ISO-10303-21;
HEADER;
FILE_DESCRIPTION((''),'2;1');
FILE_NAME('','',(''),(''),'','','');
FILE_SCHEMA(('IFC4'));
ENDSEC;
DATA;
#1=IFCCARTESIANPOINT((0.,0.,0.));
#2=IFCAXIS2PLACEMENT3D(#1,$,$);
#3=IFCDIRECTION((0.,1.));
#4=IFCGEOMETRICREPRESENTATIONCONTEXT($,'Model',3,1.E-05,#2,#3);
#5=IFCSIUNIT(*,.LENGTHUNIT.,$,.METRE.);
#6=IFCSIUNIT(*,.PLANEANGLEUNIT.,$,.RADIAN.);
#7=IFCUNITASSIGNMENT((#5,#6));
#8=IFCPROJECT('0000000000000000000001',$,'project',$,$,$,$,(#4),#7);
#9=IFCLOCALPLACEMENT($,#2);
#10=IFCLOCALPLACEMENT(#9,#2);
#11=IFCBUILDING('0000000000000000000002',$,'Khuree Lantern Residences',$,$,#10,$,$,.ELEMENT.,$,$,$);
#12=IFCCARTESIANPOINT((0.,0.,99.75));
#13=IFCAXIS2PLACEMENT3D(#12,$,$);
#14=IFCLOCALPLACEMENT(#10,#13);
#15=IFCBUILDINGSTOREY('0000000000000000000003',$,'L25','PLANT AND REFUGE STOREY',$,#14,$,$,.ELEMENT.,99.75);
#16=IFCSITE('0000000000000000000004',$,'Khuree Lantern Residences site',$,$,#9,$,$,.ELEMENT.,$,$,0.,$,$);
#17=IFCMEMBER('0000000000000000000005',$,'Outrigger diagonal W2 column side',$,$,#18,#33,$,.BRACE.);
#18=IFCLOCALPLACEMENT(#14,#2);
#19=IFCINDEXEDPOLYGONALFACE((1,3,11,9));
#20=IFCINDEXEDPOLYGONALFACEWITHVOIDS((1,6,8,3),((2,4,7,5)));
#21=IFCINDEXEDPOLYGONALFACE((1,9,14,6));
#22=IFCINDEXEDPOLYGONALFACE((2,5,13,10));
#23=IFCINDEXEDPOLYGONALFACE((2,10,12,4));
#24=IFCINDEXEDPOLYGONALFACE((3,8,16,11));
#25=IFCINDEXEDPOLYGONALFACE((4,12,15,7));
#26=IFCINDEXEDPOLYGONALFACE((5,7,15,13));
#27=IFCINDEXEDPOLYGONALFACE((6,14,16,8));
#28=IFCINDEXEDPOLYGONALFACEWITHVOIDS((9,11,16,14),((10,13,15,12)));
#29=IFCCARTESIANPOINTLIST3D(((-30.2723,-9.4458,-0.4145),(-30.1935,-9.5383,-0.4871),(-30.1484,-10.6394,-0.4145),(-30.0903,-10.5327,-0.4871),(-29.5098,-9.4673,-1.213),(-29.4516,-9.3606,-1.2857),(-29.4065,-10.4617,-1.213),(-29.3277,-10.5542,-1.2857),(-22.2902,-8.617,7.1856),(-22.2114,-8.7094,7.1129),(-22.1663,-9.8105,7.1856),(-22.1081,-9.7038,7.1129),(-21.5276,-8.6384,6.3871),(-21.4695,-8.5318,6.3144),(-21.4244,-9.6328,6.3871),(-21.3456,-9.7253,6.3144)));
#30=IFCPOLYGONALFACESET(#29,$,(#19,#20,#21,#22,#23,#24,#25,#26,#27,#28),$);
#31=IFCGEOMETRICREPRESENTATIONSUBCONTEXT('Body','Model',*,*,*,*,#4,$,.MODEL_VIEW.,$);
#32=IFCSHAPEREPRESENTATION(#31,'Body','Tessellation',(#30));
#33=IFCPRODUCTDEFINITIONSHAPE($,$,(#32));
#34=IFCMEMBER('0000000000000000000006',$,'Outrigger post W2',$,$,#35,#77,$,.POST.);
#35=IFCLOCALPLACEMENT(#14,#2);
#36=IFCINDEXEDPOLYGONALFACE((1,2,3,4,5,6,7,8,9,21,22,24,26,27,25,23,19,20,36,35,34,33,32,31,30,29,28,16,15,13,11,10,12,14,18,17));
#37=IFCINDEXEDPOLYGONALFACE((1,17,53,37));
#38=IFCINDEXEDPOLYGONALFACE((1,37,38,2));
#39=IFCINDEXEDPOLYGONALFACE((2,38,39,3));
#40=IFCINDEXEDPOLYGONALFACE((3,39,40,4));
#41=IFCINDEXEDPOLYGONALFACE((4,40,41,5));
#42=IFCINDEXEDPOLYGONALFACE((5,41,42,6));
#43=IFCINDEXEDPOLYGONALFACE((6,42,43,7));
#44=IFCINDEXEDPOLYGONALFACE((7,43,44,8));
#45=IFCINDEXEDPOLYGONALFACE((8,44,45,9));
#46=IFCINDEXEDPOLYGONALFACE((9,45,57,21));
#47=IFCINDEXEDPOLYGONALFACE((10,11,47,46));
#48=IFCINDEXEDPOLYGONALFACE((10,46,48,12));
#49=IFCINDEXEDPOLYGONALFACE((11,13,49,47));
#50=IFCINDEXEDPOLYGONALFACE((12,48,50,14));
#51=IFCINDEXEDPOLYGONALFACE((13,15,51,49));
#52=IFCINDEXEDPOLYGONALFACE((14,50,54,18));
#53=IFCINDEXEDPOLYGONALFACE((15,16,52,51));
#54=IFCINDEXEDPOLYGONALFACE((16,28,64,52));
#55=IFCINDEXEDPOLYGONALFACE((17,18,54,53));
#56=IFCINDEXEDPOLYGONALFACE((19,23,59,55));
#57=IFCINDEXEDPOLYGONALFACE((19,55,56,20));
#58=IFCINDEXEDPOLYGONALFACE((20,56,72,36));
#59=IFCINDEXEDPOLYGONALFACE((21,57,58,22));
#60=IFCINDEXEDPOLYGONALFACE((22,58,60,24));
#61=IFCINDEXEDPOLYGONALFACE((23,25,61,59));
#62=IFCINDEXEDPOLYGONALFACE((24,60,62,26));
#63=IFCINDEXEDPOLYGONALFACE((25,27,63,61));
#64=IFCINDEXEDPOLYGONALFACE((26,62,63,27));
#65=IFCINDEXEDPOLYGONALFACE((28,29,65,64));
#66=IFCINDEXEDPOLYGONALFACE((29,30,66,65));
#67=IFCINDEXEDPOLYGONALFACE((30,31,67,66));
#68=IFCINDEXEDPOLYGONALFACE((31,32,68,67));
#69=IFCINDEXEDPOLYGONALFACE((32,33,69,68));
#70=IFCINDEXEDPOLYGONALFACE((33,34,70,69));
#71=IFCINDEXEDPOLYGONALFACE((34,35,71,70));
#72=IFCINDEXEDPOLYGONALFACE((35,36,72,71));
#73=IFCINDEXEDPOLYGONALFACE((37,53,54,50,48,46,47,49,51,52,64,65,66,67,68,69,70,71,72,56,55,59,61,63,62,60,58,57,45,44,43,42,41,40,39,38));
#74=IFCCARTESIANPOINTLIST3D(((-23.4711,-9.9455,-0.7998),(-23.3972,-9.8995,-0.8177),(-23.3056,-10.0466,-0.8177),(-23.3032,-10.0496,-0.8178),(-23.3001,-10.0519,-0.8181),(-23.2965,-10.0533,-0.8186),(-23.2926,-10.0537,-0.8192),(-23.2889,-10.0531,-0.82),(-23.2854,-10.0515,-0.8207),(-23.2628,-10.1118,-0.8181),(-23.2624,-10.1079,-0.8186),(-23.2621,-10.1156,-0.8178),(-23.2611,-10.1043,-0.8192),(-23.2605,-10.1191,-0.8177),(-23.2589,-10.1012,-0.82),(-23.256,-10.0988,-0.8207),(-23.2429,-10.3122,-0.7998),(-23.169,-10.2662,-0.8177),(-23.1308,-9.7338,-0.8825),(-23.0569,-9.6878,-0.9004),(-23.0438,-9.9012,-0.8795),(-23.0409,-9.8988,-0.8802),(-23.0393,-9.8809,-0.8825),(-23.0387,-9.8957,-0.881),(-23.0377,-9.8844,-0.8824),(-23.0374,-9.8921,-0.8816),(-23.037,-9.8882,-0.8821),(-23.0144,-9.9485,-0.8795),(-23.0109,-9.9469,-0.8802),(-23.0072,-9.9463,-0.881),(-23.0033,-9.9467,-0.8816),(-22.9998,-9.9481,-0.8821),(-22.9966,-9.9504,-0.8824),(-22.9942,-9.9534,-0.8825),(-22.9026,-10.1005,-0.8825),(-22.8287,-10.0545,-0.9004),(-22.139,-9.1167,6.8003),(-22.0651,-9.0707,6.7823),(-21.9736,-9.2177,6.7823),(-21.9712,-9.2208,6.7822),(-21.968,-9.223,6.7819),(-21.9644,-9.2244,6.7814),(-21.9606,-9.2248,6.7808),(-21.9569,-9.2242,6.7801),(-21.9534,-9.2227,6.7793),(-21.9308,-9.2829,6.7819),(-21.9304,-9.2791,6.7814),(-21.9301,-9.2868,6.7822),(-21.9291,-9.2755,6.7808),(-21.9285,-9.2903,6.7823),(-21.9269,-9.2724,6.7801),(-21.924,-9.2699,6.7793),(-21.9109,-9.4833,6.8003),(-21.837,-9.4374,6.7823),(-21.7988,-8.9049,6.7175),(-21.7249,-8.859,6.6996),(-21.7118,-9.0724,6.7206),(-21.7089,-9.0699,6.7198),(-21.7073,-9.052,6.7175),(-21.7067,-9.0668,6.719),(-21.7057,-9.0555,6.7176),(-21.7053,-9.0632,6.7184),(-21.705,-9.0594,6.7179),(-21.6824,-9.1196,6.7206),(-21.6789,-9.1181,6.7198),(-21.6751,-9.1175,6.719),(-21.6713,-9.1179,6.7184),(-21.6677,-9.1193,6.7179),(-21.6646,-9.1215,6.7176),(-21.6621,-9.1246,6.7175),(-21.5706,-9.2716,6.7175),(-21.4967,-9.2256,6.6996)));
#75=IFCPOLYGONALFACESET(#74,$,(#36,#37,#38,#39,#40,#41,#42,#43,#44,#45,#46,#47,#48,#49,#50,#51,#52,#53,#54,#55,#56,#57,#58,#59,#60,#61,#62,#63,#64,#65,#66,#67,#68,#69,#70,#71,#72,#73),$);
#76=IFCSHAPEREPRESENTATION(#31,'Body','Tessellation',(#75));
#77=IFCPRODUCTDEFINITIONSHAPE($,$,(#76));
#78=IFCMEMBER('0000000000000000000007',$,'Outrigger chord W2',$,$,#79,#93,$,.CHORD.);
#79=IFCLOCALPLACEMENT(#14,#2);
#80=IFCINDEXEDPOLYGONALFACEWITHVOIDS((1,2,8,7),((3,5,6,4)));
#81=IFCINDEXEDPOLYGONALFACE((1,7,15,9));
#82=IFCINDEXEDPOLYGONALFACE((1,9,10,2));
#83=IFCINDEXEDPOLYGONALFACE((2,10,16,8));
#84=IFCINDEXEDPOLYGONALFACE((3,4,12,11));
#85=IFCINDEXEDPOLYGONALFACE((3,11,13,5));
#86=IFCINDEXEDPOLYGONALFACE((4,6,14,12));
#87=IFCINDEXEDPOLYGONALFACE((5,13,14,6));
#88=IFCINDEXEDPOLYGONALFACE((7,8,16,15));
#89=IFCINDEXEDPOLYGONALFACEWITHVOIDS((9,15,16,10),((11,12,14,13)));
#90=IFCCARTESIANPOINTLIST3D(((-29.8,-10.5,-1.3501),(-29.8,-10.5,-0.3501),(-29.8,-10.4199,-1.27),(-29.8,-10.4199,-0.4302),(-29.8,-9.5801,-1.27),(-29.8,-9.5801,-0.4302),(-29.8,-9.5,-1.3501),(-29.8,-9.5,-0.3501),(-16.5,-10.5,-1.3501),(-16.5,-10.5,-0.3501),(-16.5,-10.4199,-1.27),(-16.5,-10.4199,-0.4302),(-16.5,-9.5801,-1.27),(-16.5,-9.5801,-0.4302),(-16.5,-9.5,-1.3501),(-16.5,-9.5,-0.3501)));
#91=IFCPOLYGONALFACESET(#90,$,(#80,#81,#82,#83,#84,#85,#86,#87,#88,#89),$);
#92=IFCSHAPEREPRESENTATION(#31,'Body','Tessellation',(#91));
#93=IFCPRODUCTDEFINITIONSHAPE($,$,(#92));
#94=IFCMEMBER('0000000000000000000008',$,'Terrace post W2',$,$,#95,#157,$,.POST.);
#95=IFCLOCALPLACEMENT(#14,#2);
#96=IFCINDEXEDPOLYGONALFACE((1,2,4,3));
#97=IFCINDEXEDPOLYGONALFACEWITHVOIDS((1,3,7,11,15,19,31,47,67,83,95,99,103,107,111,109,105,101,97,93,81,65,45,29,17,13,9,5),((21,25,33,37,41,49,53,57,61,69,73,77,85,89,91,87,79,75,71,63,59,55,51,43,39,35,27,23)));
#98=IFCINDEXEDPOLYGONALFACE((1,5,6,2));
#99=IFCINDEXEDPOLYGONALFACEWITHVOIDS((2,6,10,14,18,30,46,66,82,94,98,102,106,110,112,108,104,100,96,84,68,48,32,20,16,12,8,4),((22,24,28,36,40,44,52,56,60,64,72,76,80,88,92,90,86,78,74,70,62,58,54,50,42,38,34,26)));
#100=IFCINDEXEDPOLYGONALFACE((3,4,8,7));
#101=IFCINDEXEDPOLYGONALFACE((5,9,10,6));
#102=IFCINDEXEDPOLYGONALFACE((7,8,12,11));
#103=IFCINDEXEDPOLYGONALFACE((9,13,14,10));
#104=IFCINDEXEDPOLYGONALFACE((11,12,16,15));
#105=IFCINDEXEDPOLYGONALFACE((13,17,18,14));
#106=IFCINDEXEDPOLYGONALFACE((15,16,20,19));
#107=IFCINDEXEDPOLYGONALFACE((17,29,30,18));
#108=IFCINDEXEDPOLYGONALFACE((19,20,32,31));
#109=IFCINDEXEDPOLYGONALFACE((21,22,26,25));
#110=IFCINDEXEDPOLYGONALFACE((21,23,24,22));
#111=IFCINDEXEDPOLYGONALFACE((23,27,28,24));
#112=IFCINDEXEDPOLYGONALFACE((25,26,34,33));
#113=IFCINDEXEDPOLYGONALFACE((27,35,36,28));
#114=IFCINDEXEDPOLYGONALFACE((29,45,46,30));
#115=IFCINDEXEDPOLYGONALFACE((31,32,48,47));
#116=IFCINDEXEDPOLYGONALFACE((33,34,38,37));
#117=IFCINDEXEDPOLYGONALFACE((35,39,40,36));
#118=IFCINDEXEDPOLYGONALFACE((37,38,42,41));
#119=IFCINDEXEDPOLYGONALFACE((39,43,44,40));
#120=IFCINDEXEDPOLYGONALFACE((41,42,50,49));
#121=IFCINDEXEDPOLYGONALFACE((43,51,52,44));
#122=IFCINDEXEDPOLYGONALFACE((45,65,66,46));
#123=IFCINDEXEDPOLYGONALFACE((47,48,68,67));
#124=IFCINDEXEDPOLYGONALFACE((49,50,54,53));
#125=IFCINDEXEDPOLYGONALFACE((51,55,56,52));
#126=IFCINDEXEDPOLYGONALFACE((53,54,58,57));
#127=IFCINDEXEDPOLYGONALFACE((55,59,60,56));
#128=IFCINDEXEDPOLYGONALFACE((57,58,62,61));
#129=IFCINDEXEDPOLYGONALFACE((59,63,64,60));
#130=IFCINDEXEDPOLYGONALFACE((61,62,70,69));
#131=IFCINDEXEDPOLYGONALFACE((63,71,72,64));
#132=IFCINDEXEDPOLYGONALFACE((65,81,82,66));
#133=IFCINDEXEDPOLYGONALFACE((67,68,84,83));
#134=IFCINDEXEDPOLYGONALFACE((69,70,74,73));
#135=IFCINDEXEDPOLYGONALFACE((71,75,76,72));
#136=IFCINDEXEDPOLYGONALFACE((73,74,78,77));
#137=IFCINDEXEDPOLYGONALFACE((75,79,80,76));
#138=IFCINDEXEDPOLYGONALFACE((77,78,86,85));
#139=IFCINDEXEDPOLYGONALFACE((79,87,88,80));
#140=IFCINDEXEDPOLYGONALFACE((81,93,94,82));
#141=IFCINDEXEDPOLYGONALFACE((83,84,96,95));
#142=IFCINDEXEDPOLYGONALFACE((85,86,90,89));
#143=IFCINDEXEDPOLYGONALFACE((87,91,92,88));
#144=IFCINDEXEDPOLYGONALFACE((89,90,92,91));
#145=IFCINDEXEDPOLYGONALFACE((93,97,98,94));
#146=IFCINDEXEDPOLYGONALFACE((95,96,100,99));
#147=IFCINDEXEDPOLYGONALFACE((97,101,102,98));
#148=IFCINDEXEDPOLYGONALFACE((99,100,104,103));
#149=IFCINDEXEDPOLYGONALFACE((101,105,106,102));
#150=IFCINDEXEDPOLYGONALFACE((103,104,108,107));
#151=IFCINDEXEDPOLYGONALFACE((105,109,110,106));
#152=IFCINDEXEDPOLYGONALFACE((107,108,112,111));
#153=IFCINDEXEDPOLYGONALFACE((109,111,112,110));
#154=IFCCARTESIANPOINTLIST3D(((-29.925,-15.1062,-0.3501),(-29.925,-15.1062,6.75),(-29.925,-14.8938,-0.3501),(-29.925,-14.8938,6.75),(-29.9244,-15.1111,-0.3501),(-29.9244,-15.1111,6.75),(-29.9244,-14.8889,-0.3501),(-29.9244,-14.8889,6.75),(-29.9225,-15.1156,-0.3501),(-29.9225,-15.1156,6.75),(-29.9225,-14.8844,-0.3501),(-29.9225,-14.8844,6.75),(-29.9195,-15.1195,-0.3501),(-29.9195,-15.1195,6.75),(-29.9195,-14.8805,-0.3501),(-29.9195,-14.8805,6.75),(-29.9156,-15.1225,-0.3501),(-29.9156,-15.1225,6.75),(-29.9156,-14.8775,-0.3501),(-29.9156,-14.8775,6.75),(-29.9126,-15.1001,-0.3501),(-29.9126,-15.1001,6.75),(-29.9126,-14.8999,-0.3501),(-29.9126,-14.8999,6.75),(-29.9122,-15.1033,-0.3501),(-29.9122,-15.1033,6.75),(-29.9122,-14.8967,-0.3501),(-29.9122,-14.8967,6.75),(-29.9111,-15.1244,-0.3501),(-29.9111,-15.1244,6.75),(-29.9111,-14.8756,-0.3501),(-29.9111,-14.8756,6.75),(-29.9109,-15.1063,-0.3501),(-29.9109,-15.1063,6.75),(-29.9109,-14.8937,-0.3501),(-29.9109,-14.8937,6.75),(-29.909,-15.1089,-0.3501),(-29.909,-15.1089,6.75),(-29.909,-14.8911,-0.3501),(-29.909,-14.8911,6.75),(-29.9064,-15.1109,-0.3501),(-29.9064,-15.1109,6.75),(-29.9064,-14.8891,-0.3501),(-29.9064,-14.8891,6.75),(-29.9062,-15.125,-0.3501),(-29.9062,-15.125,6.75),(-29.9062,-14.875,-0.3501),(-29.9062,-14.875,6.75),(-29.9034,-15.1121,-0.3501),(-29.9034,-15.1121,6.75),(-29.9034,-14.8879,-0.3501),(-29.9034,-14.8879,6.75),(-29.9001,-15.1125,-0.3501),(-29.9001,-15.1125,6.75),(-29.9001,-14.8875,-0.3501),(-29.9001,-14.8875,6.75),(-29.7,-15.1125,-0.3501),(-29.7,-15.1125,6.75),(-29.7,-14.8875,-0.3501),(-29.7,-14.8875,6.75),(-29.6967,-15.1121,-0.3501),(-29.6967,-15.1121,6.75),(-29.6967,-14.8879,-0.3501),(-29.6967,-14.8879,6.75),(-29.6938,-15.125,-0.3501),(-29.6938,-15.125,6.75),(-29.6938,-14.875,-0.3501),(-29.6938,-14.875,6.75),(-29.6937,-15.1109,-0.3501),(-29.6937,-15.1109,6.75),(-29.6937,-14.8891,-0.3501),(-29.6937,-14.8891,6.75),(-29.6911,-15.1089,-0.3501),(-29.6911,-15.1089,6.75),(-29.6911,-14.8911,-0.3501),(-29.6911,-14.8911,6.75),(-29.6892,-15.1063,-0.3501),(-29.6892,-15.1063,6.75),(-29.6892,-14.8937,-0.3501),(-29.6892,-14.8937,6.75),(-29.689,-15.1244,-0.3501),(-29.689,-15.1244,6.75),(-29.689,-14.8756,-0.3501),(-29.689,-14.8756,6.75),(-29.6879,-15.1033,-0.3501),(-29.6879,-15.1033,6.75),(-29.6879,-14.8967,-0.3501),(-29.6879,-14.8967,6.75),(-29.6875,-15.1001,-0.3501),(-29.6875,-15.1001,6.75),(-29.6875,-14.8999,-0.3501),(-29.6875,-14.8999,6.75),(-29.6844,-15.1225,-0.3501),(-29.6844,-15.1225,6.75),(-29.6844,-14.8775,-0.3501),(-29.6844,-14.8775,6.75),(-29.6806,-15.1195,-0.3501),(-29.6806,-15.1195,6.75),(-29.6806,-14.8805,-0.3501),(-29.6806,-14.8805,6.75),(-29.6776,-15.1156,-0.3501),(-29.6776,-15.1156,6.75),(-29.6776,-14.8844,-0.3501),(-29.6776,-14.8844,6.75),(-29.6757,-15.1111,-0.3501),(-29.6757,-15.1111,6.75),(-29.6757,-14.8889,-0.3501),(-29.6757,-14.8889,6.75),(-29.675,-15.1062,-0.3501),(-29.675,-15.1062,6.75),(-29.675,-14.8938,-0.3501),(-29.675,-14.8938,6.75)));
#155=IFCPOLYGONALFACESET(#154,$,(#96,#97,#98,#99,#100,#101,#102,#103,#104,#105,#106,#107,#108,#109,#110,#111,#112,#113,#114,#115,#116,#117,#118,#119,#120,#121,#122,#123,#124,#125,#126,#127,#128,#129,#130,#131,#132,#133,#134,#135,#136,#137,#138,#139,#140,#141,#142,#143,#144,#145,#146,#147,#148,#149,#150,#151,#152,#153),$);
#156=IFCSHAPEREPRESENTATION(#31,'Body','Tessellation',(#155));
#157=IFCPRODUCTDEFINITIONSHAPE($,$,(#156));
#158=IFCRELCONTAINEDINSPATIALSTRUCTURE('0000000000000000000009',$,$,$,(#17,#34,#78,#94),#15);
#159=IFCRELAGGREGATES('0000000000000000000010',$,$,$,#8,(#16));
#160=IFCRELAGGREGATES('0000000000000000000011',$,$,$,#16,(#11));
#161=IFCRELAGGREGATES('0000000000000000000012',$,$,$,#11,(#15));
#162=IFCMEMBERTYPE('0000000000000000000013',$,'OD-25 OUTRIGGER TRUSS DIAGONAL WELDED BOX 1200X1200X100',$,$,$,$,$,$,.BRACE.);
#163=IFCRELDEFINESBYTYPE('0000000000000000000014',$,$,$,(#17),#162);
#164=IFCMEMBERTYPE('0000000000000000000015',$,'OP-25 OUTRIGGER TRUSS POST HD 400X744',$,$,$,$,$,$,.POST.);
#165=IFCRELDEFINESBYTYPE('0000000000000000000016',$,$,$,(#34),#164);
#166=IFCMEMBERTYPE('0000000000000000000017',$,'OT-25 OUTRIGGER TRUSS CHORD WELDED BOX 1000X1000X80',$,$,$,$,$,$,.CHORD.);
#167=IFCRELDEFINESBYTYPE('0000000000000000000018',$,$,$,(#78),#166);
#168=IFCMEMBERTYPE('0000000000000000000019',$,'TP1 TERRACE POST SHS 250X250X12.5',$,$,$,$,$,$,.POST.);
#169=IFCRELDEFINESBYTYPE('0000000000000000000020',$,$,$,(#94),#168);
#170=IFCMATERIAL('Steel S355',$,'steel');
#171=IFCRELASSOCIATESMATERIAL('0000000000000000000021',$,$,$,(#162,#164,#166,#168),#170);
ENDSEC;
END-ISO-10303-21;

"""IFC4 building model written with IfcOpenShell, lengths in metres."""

from ifc_helpers import new_model, si_unit, direction, frame, origin, origin_2d, place, context, subcontext, project, spatial, hollow_rectangle, i_section, extrude, material, material_profile, profile_set, type_object, element, save


model = new_model("IFC4")

# Units and contexts
model_context = context("Model", 3, precision=1e-05, world=origin(), true_north=direction((0.0, 1.0)))
body_context = subcontext(model_context, "Body", "Model", "MODEL_VIEW")
ifc_project = project(units=[si_unit("LENGTHUNIT", "METRE"), si_unit("PLANEANGLEUNIT", "RADIAN")], contexts=[model_context])

# Site, building, storey
site_placement = place(None, origin())
site = spatial("IfcSite", under=ifc_project, at=site_placement, Name="Khuree Lantern Residences site", CompositionType="ELEMENT", RefElevation=0.0)
building_placement = place(site_placement, origin())
building = spatial("IfcBuilding", under=site, at=building_placement, Name="Khuree Lantern Residences", CompositionType="ELEMENT")
storey_placement = place(building_placement, frame((0.0, 0.0, 99.75)))
storey = spatial("IfcBuildingStorey", under=building, at=storey_placement, Name="L25", Description="PLANT AND REFUGE STOREY", CompositionType="ELEMENT", Elevation=99.75)

# Shared definitions
ifc_material_1 = material(Name="Steel S355", Category="steel")

# Members
ifc_material_profile_1 = material_profile(ifc_material_1, hollow_rectangle(XDim=1.2, YDim=1.2, WallThickness=0.1001, at=origin_2d()), Name="WELDED BOX 1200X1200X100")
ifc_profile_set_1 = profile_set([ifc_material_profile_1], Name="Steel S355")
member_type_1 = type_object("IfcMemberType", Name="OD-25 OUTRIGGER TRUSS DIAGONAL WELDED BOX 1200X1200X100", PredefinedType="BRACE", material=ifc_profile_set_1)
member_1_placement = place(storey_placement, frame((-21.8179, -9.1711, 6.75), z_axis=(-0.722188, -0.074991, -0.687619), x_axis=(0.103283, -0.994652, 0.0)))
element("IfcMember", 1, at=member_1_placement, inside=storey, type_object=member_type_1, Name="Outrigger diagonal W2 column side", PredefinedType="BRACE", context=body_context, shape_type="SweptSolid", body=[
    extrude(hollow_rectangle(XDim=1.2, YDim=1.2, WallThickness=0.1001, at=origin_2d()), origin(), (0.0, 0.0, 1.0), 11.0527),
])
ifc_material_profile_2 = material_profile(ifc_material_1, i_section(OverallWidth=0.4319, OverallDepth=0.498, WebThickness=0.0557, FlangeThickness=0.0889, FilletRadius=0.0149, at=origin_2d()), Name="HD 400X744")
ifc_profile_set_2 = profile_set([ifc_material_profile_2], Name="Steel S355")
member_type_2 = type_object("IfcMemberType", Name="OP-25 OUTRIGGER TRUSS POST HD 400X744", PredefinedType="POST", material=ifc_profile_set_2)
member_2_placement = place(storey_placement, frame((-23.1499, -10.0, -0.8501), z_axis=(0.171646, 0.106807, 0.979352), x_axis=(-0.528319, 0.849046, 0.0)))
element("IfcMember", 2, at=member_2_placement, inside=storey, type_object=member_type_2, Name="Outrigger post W2", PredefinedType="POST", context=body_context, shape_type="SweptSolid", body=[
    extrude(i_section(OverallWidth=0.4319, OverallDepth=0.498, WebThickness=0.0557, FlangeThickness=0.0889, FilletRadius=0.0149, at=origin_2d()), origin(), (0.0, 0.0, 1.0), 7.7603),
])
ifc_material_profile_3 = material_profile(ifc_material_1, hollow_rectangle(XDim=1.0, YDim=1.0, WallThickness=0.0801, at=origin_2d()), Name="WELDED BOX 1000X1000X80")
ifc_profile_set_3 = profile_set([ifc_material_profile_3], Name="Steel S355")
member_type_3 = type_object("IfcMemberType", Name="OT-25 OUTRIGGER TRUSS CHORD WELDED BOX 1000X1000X80", PredefinedType="CHORD", material=ifc_profile_set_3)
member_3_placement = place(storey_placement, frame((-29.8, -10.0, -0.8501), z_axis=(1.0, 0.0, 0.0), x_axis=(0.0, 1.0, 0.0)))
element("IfcMember", 3, at=member_3_placement, inside=storey, type_object=member_type_3, Name="Outrigger chord W2", PredefinedType="CHORD", context=body_context, shape_type="SweptSolid", body=[
    extrude(hollow_rectangle(XDim=1.0, YDim=1.0, WallThickness=0.0801, at=origin_2d()), origin(), (0.0, 0.0, 1.0), 13.3),
])
ifc_material_profile_4 = material_profile(ifc_material_1, hollow_rectangle(XDim=0.25, YDim=0.25, WallThickness=0.0125, InnerFilletRadius=0.0125, OuterFilletRadius=0.0188, at=origin_2d()), Name="SHS 250X250X12.5")
ifc_profile_set_4 = profile_set([ifc_material_profile_4], Name="Steel S355")
member_type_4 = type_object("IfcMemberType", Name="TP1 TERRACE POST SHS 250X250X12.5", PredefinedType="POST", material=ifc_profile_set_4)
for number, where, z_axis, x_axis, name in (
    (4, (-29.8, -15.0, -0.3501), (0.0, 0.0, 1.0), (1.0, 0.0, 0.0), "Terrace post W2"),
):
    element("IfcMember", number, at=place(storey_placement, frame(where, z_axis=z_axis, x_axis=x_axis)), inside=storey, type_object=member_type_4, Name=name, PredefinedType="POST", context=body_context, shape_type="SweptSolid", body=[
        extrude(hollow_rectangle(XDim=0.25, YDim=0.25, WallThickness=0.0125, InnerFilletRadius=0.0125, OuterFilletRadius=0.0188, at=origin_2d()), origin(), (0.0, 0.0, 1.0), 7.1001),
    ])

save(model, "model.ifc")
